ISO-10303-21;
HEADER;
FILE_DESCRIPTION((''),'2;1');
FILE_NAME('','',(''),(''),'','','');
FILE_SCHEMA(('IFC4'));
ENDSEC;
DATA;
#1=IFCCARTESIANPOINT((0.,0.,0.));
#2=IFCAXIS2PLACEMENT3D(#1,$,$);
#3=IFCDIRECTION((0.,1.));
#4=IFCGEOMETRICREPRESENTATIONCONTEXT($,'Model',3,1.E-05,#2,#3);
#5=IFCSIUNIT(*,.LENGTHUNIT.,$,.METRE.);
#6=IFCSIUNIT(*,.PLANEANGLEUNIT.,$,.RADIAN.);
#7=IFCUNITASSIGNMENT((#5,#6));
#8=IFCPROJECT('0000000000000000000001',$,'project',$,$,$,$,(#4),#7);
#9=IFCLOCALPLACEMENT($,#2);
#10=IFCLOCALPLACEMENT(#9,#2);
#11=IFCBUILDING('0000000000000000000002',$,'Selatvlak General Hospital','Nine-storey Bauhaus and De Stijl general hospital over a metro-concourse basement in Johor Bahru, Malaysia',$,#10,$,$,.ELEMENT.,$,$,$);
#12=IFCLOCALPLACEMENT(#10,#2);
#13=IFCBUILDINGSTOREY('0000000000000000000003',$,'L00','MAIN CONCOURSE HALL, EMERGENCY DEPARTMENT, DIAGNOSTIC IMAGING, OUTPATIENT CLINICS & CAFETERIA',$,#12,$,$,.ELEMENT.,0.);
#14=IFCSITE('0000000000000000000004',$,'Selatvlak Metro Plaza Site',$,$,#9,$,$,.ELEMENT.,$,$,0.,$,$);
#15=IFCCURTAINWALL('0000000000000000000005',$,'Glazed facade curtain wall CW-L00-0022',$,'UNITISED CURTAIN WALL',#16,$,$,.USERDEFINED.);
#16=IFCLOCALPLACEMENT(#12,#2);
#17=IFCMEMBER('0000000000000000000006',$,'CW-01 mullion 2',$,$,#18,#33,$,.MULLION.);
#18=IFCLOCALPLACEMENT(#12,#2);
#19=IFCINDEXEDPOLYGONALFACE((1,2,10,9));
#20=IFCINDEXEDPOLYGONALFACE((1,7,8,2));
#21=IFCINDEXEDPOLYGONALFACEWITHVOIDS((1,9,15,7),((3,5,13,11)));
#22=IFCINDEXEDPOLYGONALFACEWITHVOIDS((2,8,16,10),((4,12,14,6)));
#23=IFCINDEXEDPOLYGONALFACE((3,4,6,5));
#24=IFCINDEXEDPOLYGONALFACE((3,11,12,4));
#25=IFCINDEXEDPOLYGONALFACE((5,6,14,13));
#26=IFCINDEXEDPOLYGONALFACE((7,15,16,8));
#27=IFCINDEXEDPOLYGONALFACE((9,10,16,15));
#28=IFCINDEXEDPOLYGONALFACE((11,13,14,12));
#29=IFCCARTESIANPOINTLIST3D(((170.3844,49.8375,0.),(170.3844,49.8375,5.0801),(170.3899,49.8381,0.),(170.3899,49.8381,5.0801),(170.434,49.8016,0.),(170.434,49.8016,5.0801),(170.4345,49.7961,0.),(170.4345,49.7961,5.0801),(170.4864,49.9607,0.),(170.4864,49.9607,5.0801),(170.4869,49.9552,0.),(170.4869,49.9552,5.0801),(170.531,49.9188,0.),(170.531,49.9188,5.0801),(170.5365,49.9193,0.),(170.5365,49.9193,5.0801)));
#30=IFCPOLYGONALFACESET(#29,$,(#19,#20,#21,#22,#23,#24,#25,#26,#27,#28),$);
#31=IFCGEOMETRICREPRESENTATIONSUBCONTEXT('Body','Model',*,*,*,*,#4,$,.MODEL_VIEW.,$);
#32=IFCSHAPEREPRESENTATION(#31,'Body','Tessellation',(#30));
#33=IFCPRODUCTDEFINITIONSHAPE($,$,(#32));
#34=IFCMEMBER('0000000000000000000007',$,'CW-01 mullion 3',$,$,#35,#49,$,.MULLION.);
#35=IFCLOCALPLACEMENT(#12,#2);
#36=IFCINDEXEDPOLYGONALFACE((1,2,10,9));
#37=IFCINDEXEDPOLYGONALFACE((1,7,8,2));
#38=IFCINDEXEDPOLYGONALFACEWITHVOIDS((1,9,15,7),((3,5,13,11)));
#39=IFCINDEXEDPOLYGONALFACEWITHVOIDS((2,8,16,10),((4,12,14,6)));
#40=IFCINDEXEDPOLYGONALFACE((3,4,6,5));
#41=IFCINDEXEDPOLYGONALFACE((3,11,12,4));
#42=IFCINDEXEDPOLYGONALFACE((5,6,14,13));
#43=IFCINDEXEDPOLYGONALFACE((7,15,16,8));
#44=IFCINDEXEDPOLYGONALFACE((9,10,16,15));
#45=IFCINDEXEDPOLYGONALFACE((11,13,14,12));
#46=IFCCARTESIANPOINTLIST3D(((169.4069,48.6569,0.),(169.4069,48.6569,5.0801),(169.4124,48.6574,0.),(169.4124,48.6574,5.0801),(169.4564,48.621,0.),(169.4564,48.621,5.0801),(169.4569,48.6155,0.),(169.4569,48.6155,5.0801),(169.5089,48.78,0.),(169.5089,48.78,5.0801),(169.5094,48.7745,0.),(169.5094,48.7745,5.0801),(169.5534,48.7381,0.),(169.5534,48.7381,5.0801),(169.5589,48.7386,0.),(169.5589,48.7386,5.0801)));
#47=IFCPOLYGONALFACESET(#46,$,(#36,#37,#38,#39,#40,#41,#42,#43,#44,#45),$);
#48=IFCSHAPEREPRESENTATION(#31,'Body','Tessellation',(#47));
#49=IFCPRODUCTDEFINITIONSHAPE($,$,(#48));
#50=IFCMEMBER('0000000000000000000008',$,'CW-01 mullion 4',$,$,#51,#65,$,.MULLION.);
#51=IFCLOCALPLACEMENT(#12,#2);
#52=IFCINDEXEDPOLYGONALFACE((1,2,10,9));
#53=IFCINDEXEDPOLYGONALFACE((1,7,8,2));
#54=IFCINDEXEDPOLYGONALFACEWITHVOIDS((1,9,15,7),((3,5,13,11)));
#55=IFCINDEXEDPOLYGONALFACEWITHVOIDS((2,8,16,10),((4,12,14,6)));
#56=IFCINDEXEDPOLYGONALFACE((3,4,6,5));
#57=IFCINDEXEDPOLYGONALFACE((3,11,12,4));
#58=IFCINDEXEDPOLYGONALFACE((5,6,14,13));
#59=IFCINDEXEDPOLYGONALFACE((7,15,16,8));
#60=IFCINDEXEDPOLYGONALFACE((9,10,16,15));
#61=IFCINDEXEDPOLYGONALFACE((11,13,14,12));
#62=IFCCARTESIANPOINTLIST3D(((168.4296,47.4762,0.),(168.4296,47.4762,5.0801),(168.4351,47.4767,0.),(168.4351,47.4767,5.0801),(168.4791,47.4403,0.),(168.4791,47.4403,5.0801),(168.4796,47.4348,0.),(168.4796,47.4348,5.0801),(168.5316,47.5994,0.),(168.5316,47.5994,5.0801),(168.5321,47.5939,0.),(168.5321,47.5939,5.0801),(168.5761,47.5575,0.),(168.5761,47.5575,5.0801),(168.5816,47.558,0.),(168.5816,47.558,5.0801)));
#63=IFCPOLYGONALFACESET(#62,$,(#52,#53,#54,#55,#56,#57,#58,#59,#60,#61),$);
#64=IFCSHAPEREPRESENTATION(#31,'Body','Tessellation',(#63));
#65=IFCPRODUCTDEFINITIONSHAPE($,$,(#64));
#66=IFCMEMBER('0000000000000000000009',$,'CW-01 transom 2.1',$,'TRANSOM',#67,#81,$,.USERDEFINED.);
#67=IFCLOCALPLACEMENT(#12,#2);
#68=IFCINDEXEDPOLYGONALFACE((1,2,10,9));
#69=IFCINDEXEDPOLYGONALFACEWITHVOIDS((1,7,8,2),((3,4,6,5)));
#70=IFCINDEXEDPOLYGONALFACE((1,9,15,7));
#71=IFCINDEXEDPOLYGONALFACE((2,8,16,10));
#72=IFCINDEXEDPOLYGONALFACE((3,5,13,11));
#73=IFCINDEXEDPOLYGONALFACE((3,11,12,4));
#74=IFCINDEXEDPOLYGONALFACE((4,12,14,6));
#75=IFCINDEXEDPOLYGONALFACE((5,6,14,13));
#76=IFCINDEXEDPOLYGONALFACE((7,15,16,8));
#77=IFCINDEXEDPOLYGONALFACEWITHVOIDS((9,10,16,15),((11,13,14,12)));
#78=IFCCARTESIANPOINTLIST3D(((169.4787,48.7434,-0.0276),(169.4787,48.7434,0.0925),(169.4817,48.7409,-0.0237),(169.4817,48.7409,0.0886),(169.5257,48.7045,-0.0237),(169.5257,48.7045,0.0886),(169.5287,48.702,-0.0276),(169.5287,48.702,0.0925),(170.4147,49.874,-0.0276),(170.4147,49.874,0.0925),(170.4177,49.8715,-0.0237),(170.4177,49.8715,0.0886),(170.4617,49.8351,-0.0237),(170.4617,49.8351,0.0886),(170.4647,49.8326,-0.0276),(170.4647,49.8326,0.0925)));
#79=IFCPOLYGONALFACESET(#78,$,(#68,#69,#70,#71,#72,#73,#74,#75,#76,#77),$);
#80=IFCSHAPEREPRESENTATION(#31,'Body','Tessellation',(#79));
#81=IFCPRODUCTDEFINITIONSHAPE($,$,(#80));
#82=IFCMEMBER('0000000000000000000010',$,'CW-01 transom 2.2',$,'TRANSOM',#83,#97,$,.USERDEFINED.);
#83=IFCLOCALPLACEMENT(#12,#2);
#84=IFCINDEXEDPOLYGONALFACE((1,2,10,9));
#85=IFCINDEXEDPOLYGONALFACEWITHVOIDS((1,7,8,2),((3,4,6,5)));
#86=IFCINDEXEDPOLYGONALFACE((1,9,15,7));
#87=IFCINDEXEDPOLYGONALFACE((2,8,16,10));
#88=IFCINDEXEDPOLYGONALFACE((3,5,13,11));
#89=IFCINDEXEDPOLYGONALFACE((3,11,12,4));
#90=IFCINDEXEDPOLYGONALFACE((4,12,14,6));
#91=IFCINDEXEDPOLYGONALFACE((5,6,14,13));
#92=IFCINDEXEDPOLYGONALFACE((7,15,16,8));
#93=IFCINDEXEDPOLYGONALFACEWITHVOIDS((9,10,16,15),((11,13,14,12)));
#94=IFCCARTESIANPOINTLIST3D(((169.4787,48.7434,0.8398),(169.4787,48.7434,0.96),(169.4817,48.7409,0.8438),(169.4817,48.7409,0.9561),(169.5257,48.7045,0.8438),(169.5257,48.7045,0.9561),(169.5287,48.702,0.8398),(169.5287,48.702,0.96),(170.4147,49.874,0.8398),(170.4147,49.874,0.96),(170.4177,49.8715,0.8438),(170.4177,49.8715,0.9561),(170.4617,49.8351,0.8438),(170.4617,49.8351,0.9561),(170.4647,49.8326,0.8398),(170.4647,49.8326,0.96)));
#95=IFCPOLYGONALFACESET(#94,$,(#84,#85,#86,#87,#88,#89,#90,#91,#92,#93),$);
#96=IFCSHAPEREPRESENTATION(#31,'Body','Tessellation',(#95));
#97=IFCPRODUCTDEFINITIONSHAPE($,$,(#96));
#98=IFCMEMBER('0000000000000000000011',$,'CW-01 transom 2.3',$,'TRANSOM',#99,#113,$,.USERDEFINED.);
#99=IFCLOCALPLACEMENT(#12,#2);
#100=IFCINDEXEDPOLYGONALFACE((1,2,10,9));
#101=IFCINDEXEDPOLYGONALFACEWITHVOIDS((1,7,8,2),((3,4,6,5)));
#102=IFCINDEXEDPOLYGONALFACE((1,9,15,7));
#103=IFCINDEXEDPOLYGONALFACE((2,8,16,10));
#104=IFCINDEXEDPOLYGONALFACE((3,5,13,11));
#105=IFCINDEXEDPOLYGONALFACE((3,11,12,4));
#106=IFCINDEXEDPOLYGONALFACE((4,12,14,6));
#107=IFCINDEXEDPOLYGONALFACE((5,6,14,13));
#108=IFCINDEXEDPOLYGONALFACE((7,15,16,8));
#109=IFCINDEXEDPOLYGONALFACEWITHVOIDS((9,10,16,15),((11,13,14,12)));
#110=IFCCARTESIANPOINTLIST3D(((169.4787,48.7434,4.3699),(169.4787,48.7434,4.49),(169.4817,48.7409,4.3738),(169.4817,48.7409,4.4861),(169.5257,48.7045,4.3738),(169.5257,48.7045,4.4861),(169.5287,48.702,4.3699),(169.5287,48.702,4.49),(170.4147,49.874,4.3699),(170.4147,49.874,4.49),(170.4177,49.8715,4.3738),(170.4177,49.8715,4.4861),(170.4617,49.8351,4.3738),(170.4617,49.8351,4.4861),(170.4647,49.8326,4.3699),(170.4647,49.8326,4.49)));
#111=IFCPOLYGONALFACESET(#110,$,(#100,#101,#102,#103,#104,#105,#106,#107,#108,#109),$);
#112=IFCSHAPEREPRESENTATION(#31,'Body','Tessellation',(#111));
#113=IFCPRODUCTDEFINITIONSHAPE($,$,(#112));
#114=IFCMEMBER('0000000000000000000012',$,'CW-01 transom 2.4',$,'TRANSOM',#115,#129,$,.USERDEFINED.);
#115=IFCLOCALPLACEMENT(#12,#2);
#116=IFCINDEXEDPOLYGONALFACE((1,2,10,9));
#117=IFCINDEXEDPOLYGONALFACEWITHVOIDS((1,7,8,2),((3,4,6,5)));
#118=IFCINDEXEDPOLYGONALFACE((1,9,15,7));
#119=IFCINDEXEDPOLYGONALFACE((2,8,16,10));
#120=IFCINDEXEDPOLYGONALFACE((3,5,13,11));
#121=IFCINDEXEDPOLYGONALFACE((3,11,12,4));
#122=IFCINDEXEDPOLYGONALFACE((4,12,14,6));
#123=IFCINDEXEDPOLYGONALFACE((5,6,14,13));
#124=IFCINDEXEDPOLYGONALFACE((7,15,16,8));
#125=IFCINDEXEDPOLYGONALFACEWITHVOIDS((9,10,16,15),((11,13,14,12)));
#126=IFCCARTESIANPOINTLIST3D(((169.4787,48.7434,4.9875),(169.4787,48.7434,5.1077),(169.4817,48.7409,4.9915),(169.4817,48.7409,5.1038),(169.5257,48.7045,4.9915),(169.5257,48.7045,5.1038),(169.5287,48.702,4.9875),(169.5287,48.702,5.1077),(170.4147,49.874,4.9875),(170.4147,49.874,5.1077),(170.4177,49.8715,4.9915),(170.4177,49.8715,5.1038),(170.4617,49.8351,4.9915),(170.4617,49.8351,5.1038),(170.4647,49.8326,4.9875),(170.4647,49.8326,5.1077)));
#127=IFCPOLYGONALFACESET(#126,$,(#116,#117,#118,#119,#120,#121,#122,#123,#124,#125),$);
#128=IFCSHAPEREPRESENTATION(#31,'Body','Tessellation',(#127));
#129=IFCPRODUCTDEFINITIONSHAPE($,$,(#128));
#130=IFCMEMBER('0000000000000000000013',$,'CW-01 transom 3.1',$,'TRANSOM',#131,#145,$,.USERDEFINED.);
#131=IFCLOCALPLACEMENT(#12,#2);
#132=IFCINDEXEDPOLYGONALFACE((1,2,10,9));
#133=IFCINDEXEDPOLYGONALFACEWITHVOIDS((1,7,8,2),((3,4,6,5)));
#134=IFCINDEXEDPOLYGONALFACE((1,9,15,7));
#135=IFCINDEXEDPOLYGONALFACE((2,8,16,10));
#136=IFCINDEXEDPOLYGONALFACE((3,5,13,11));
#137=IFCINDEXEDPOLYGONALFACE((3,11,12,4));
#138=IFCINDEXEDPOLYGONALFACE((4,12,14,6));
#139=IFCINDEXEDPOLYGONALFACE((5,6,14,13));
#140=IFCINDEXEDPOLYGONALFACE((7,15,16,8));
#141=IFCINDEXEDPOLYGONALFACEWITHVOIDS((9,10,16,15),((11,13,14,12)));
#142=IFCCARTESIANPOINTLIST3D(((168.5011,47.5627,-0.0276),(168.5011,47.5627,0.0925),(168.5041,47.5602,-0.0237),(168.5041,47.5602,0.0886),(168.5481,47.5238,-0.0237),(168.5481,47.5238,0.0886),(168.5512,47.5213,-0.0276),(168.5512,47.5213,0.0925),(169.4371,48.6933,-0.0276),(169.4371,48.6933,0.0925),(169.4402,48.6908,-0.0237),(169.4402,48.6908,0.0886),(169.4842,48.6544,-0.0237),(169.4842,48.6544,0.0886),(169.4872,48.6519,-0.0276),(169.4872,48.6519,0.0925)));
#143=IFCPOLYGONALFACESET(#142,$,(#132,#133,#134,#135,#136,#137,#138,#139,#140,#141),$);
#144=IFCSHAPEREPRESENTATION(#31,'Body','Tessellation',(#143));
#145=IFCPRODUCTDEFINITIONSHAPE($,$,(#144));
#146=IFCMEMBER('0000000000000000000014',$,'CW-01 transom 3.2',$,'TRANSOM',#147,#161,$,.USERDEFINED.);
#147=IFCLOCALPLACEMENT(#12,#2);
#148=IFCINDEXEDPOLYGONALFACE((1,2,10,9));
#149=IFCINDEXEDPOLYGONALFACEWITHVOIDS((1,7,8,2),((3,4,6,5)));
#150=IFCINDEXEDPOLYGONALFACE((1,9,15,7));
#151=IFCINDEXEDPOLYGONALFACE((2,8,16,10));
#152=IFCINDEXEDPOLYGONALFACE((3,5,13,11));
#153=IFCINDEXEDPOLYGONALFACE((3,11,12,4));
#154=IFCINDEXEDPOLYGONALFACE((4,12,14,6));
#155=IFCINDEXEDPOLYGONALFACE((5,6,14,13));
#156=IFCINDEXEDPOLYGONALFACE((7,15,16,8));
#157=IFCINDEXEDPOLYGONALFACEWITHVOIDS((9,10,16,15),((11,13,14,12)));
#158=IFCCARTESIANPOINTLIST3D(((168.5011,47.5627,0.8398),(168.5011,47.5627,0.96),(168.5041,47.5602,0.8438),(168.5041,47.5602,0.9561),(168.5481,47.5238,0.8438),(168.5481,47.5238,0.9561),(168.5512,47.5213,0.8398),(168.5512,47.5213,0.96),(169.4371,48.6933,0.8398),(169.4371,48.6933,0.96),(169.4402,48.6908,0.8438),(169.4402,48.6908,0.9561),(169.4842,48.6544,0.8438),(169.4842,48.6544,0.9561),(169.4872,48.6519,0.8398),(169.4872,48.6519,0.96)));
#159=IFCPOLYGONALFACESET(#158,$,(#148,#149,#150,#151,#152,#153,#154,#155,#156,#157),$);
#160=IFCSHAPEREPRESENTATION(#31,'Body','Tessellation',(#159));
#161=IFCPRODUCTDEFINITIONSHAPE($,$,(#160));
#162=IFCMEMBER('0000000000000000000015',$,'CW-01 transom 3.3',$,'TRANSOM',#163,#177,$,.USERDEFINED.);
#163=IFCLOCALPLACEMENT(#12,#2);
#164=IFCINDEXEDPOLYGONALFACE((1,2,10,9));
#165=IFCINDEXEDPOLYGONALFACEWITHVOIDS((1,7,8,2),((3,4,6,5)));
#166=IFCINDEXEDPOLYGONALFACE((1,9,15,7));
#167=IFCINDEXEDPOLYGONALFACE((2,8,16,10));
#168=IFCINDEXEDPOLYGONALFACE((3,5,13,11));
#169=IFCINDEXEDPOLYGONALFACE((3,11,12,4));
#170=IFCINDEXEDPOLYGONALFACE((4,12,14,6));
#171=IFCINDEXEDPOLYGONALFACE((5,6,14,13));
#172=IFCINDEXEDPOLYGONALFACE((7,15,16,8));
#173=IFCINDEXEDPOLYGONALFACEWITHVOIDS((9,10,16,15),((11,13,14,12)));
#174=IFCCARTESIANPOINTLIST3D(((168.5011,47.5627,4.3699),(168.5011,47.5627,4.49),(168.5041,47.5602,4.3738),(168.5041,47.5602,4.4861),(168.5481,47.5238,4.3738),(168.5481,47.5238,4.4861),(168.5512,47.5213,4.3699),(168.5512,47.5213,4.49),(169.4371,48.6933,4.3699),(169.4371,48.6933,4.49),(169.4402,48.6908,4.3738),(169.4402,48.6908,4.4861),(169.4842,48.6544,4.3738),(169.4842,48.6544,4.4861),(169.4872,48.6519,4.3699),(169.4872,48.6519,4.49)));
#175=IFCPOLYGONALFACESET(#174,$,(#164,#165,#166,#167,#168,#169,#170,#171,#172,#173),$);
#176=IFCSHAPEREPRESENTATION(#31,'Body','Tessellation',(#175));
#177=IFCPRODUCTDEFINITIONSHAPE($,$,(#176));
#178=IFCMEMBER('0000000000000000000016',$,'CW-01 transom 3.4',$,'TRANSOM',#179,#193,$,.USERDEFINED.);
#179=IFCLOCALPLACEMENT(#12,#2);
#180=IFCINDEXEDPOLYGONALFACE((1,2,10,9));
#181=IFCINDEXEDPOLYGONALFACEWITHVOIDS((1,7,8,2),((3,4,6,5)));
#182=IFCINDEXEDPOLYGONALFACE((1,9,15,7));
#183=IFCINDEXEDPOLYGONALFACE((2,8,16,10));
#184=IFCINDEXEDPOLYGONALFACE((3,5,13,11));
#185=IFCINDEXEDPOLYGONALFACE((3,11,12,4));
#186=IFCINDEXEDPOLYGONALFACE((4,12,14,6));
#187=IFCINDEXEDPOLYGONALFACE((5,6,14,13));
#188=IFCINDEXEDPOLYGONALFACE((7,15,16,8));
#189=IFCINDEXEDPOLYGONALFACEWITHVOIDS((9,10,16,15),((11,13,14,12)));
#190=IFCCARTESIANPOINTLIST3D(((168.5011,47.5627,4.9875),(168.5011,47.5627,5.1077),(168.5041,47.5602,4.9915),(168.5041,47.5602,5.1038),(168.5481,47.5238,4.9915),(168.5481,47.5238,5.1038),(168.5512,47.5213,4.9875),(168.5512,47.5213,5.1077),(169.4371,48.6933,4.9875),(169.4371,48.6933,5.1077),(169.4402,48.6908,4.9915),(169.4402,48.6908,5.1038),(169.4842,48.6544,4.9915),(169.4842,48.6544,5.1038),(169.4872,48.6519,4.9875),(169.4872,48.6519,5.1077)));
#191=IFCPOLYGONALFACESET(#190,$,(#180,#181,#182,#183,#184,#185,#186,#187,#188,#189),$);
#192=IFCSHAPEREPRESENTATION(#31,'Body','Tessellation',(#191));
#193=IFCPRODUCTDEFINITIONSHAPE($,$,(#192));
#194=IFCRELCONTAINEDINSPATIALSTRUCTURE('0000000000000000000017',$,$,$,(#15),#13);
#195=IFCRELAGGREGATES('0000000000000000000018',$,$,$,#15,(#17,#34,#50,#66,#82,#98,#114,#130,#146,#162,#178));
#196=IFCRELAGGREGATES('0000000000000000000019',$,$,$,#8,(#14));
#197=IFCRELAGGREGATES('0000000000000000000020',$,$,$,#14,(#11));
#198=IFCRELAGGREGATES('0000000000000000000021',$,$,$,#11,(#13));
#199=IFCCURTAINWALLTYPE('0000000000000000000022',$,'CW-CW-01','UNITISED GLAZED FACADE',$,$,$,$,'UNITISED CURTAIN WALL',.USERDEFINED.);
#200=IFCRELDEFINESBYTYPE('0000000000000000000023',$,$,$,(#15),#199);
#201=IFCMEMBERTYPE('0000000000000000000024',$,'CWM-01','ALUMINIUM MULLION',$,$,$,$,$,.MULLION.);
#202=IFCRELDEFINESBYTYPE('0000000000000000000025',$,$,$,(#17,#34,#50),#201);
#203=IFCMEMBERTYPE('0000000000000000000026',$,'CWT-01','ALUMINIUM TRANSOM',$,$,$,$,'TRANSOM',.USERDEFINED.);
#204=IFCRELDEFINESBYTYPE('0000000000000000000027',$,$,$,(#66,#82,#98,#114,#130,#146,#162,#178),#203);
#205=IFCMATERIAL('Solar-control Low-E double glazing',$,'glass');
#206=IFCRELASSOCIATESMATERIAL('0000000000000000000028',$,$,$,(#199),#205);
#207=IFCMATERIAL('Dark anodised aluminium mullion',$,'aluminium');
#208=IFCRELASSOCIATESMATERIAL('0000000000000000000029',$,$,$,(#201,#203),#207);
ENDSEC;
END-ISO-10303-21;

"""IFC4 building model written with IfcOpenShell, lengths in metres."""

from ifc_helpers import new_model, si_unit, direction, frame, origin, origin_2d, place, context, subcontext, project, spatial, hollow_rectangle, extrude, material, material_profile, profile_set, type_object, element, aggregate, save


model = new_model("IFC4")

# Units and contexts
model_context = context("Model", 3, precision=1e-05, world=origin(), true_north=direction((0.0, 1.0)))
body_context = subcontext(model_context, "Body", "Model", "MODEL_VIEW")
ifc_project = project(units=[si_unit("LENGTHUNIT", "METRE"), si_unit("PLANEANGLEUNIT", "RADIAN")], contexts=[model_context])

# Site, building, storey
site_placement = place(None, origin())
site = spatial("IfcSite", under=ifc_project, at=site_placement, Name="Selatvlak Metro Plaza Site", CompositionType="ELEMENT", RefElevation=0.0)
building_placement = place(site_placement, origin())
building = spatial("IfcBuilding", under=site, at=building_placement, Name="Selatvlak General Hospital", Description="Nine-storey Bauhaus and De Stijl general hospital over a metro-concourse basement in Johor Bahru, Malaysia", CompositionType="ELEMENT")
storey_placement = place(building_placement, origin())
storey = spatial("IfcBuildingStorey", under=building, at=storey_placement, Name="L00", Description="MAIN CONCOURSE HALL, EMERGENCY DEPARTMENT, DIAGNOSTIC IMAGING, OUTPATIENT CLINICS & CAFETERIA", CompositionType="ELEMENT", Elevation=0.0)

# Curtain wall, members
ifc_material_1 = material(Name="Solar-control Low-E double glazing", Category="glass")
curtain_wall_type = type_object("IfcCurtainWallType", Name="CW-CW-01", Description="UNITISED GLAZED FACADE", ElementType="UNITISED CURTAIN WALL", PredefinedType="USERDEFINED", material=ifc_material_1)
curtain_wall_placement = place(storey_placement, origin())
curtain_wall = element("IfcCurtainWall", 1, at=curtain_wall_placement, inside=storey, type_object=curtain_wall_type, Name="Glazed facade curtain wall CW-L00-0022", ObjectType="UNITISED CURTAIN WALL", PredefinedType="USERDEFINED")
ifc_material_2 = material(Name="Dark anodised aluminium mullion", Category="aluminium")
ifc_material_profile_1 = material_profile(ifc_material_2, hollow_rectangle(XDim=0.0649, YDim=0.1599, WallThickness=0.0039, at=origin_2d()), Name="AL-MUL 65x160x4")
ifc_profile_set_1 = profile_set([ifc_material_profile_1], Name="Dark anodised aluminium mullion")
member_type_1 = type_object("IfcMemberType", Name="CWM-01", Description="ALUMINIUM MULLION", PredefinedType="MULLION", material=ifc_profile_set_1)
member_1_placement = place(storey_placement, frame((170.4604, 49.8784, 0.0), z_axis=(0.0, 0.0, 1.0), x_axis=(0.770267, -0.637721, 0.0)))
member_1 = element("IfcMember", 2, at=member_1_placement, type_object=member_type_1, Name="CW-01 mullion 2", PredefinedType="MULLION", context=body_context, shape_type="SweptSolid", body=[
    extrude(hollow_rectangle(XDim=0.0649, YDim=0.1599, WallThickness=0.0039, at=origin_2d()), origin(), (0.0, 0.0, 1.0), 5.0801),
])
member_2_placement = place(storey_placement, frame((169.4829, 48.6978, 0.0), z_axis=(0.0, 0.0, 1.0), x_axis=(0.770267, -0.637721, 0.0)))
member_2 = element("IfcMember", 3, at=member_2_placement, type_object=member_type_1, Name="CW-01 mullion 3", PredefinedType="MULLION", context=body_context, shape_type="SweptSolid", body=[
    extrude(hollow_rectangle(XDim=0.0649, YDim=0.1599, WallThickness=0.0039, at=origin_2d()), origin(), (0.0, 0.0, 1.0), 5.0801),
])
member_3_placement = place(storey_placement, frame((168.5056, 47.5171, 0.0), z_axis=(0.0, 0.0, 1.0), x_axis=(0.770267, -0.637721, 0.0)))
member_3 = element("IfcMember", 4, at=member_3_placement, type_object=member_type_1, Name="CW-01 mullion 4", PredefinedType="MULLION", context=body_context, shape_type="SweptSolid", body=[
    extrude(hollow_rectangle(XDim=0.0649, YDim=0.1599, WallThickness=0.0039, at=origin_2d()), origin(), (0.0, 0.0, 1.0), 5.0801),
])
ifc_material_profile_2 = material_profile(ifc_material_2, hollow_rectangle(XDim=0.0649, YDim=0.1201, WallThickness=0.0039, at=origin_2d()), Name="AL-TRN 65x120x4")
ifc_profile_set_2 = profile_set([ifc_material_profile_2], Name="Dark anodised aluminium mullion")
member_type_2 = type_object("IfcMemberType", Name="CWT-01", Description="ALUMINIUM TRANSOM", ElementType="TRANSOM", PredefinedType="USERDEFINED", material=ifc_profile_set_2)
member_4_placement = place(storey_placement, frame((170.4397, 49.8533, 0.0325), z_axis=(-0.637711, -0.770276, 0.0), x_axis=(0.770276, -0.637711, 0.0)))
member_4 = element("IfcMember", 5, at=member_4_placement, type_object=member_type_2, Name="CW-01 transom 2.1", ObjectType="TRANSOM", PredefinedType="USERDEFINED", context=body_context, shape_type="SweptSolid", body=[
    extrude(hollow_rectangle(XDim=0.0649, YDim=0.1201, WallThickness=0.0039, at=origin_2d()), origin(), (0.0, 0.0, 1.0), 1.4678),
])
member_5_placement = place(storey_placement, frame((170.4397, 49.8533, 0.8999), z_axis=(-0.637711, -0.770276, 0.0), x_axis=(0.770276, -0.637711, 0.0)))
member_5 = element("IfcMember", 6, at=member_5_placement, type_object=member_type_2, Name="CW-01 transom 2.2", ObjectType="TRANSOM", PredefinedType="USERDEFINED", context=body_context, shape_type="SweptSolid", body=[
    extrude(hollow_rectangle(XDim=0.0649, YDim=0.1201, WallThickness=0.0039, at=origin_2d()), origin(), (0.0, 0.0, 1.0), 1.4678),
])
member_6_placement = place(storey_placement, frame((170.4397, 49.8533, 4.4299), z_axis=(-0.637711, -0.770276, 0.0), x_axis=(0.770276, -0.637711, 0.0)))
member_6 = element("IfcMember", 7, at=member_6_placement, type_object=member_type_2, Name="CW-01 transom 2.3", ObjectType="TRANSOM", PredefinedType="USERDEFINED", context=body_context, shape_type="SweptSolid", body=[
    extrude(hollow_rectangle(XDim=0.0649, YDim=0.1201, WallThickness=0.0039, at=origin_2d()), origin(), (0.0, 0.0, 1.0), 1.4678),
])
member_7_placement = place(storey_placement, frame((170.4397, 49.8533, 5.0476), z_axis=(-0.637711, -0.770276, 0.0), x_axis=(0.770276, -0.637711, 0.0)))
member_7 = element("IfcMember", 8, at=member_7_placement, type_object=member_type_2, Name="CW-01 transom 2.4", ObjectType="TRANSOM", PredefinedType="USERDEFINED", context=body_context, shape_type="SweptSolid", body=[
    extrude(hollow_rectangle(XDim=0.0649, YDim=0.1201, WallThickness=0.0039, at=origin_2d()), origin(), (0.0, 0.0, 1.0), 1.4678),
])
member_8_placement = place(storey_placement, frame((169.4622, 48.6726, 0.0325), z_axis=(-0.637711, -0.770276, 0.0), x_axis=(0.770276, -0.637711, 0.0)))
member_8 = element("IfcMember", 9, at=member_8_placement, type_object=member_type_2, Name="CW-01 transom 3.1", ObjectType="TRANSOM", PredefinedType="USERDEFINED", context=body_context, shape_type="SweptSolid", body=[
    extrude(hollow_rectangle(XDim=0.0649, YDim=0.1201, WallThickness=0.0039, at=origin_2d()), origin(), (0.0, 0.0, 1.0), 1.4678),
])
member_9_placement = place(storey_placement, frame((169.4622, 48.6726, 0.8999), z_axis=(-0.637711, -0.770276, 0.0), x_axis=(0.770276, -0.637711, 0.0)))
member_9 = element("IfcMember", 10, at=member_9_placement, type_object=member_type_2, Name="CW-01 transom 3.2", ObjectType="TRANSOM", PredefinedType="USERDEFINED", context=body_context, shape_type="SweptSolid", body=[
    extrude(hollow_rectangle(XDim=0.0649, YDim=0.1201, WallThickness=0.0039, at=origin_2d()), origin(), (0.0, 0.0, 1.0), 1.4678),
])
member_10_placement = place(storey_placement, frame((169.4622, 48.6726, 4.4299), z_axis=(-0.637711, -0.770276, 0.0), x_axis=(0.770276, -0.637711, 0.0)))
member_10 = element("IfcMember", 11, at=member_10_placement, type_object=member_type_2, Name="CW-01 transom 3.3", ObjectType="TRANSOM", PredefinedType="USERDEFINED", context=body_context, shape_type="SweptSolid", body=[
    extrude(hollow_rectangle(XDim=0.0649, YDim=0.1201, WallThickness=0.0039, at=origin_2d()), origin(), (0.0, 0.0, 1.0), 1.4678),
])
member_11_placement = place(storey_placement, frame((169.4622, 48.6726, 5.0476), z_axis=(-0.637711, -0.770276, 0.0), x_axis=(0.770276, -0.637711, 0.0)))
member_11 = element("IfcMember", 12, at=member_11_placement, type_object=member_type_2, Name="CW-01 transom 3.4", ObjectType="TRANSOM", PredefinedType="USERDEFINED", context=body_context, shape_type="SweptSolid", body=[
    extrude(hollow_rectangle(XDim=0.0649, YDim=0.1201, WallThickness=0.0039, at=origin_2d()), origin(), (0.0, 0.0, 1.0), 1.4678),
])
aggregate(curtain_wall, [member_1, member_2, member_3, member_4, member_5, member_6, member_7, member_8, member_9, member_10, member_11])

save(model, "model.ifc")
